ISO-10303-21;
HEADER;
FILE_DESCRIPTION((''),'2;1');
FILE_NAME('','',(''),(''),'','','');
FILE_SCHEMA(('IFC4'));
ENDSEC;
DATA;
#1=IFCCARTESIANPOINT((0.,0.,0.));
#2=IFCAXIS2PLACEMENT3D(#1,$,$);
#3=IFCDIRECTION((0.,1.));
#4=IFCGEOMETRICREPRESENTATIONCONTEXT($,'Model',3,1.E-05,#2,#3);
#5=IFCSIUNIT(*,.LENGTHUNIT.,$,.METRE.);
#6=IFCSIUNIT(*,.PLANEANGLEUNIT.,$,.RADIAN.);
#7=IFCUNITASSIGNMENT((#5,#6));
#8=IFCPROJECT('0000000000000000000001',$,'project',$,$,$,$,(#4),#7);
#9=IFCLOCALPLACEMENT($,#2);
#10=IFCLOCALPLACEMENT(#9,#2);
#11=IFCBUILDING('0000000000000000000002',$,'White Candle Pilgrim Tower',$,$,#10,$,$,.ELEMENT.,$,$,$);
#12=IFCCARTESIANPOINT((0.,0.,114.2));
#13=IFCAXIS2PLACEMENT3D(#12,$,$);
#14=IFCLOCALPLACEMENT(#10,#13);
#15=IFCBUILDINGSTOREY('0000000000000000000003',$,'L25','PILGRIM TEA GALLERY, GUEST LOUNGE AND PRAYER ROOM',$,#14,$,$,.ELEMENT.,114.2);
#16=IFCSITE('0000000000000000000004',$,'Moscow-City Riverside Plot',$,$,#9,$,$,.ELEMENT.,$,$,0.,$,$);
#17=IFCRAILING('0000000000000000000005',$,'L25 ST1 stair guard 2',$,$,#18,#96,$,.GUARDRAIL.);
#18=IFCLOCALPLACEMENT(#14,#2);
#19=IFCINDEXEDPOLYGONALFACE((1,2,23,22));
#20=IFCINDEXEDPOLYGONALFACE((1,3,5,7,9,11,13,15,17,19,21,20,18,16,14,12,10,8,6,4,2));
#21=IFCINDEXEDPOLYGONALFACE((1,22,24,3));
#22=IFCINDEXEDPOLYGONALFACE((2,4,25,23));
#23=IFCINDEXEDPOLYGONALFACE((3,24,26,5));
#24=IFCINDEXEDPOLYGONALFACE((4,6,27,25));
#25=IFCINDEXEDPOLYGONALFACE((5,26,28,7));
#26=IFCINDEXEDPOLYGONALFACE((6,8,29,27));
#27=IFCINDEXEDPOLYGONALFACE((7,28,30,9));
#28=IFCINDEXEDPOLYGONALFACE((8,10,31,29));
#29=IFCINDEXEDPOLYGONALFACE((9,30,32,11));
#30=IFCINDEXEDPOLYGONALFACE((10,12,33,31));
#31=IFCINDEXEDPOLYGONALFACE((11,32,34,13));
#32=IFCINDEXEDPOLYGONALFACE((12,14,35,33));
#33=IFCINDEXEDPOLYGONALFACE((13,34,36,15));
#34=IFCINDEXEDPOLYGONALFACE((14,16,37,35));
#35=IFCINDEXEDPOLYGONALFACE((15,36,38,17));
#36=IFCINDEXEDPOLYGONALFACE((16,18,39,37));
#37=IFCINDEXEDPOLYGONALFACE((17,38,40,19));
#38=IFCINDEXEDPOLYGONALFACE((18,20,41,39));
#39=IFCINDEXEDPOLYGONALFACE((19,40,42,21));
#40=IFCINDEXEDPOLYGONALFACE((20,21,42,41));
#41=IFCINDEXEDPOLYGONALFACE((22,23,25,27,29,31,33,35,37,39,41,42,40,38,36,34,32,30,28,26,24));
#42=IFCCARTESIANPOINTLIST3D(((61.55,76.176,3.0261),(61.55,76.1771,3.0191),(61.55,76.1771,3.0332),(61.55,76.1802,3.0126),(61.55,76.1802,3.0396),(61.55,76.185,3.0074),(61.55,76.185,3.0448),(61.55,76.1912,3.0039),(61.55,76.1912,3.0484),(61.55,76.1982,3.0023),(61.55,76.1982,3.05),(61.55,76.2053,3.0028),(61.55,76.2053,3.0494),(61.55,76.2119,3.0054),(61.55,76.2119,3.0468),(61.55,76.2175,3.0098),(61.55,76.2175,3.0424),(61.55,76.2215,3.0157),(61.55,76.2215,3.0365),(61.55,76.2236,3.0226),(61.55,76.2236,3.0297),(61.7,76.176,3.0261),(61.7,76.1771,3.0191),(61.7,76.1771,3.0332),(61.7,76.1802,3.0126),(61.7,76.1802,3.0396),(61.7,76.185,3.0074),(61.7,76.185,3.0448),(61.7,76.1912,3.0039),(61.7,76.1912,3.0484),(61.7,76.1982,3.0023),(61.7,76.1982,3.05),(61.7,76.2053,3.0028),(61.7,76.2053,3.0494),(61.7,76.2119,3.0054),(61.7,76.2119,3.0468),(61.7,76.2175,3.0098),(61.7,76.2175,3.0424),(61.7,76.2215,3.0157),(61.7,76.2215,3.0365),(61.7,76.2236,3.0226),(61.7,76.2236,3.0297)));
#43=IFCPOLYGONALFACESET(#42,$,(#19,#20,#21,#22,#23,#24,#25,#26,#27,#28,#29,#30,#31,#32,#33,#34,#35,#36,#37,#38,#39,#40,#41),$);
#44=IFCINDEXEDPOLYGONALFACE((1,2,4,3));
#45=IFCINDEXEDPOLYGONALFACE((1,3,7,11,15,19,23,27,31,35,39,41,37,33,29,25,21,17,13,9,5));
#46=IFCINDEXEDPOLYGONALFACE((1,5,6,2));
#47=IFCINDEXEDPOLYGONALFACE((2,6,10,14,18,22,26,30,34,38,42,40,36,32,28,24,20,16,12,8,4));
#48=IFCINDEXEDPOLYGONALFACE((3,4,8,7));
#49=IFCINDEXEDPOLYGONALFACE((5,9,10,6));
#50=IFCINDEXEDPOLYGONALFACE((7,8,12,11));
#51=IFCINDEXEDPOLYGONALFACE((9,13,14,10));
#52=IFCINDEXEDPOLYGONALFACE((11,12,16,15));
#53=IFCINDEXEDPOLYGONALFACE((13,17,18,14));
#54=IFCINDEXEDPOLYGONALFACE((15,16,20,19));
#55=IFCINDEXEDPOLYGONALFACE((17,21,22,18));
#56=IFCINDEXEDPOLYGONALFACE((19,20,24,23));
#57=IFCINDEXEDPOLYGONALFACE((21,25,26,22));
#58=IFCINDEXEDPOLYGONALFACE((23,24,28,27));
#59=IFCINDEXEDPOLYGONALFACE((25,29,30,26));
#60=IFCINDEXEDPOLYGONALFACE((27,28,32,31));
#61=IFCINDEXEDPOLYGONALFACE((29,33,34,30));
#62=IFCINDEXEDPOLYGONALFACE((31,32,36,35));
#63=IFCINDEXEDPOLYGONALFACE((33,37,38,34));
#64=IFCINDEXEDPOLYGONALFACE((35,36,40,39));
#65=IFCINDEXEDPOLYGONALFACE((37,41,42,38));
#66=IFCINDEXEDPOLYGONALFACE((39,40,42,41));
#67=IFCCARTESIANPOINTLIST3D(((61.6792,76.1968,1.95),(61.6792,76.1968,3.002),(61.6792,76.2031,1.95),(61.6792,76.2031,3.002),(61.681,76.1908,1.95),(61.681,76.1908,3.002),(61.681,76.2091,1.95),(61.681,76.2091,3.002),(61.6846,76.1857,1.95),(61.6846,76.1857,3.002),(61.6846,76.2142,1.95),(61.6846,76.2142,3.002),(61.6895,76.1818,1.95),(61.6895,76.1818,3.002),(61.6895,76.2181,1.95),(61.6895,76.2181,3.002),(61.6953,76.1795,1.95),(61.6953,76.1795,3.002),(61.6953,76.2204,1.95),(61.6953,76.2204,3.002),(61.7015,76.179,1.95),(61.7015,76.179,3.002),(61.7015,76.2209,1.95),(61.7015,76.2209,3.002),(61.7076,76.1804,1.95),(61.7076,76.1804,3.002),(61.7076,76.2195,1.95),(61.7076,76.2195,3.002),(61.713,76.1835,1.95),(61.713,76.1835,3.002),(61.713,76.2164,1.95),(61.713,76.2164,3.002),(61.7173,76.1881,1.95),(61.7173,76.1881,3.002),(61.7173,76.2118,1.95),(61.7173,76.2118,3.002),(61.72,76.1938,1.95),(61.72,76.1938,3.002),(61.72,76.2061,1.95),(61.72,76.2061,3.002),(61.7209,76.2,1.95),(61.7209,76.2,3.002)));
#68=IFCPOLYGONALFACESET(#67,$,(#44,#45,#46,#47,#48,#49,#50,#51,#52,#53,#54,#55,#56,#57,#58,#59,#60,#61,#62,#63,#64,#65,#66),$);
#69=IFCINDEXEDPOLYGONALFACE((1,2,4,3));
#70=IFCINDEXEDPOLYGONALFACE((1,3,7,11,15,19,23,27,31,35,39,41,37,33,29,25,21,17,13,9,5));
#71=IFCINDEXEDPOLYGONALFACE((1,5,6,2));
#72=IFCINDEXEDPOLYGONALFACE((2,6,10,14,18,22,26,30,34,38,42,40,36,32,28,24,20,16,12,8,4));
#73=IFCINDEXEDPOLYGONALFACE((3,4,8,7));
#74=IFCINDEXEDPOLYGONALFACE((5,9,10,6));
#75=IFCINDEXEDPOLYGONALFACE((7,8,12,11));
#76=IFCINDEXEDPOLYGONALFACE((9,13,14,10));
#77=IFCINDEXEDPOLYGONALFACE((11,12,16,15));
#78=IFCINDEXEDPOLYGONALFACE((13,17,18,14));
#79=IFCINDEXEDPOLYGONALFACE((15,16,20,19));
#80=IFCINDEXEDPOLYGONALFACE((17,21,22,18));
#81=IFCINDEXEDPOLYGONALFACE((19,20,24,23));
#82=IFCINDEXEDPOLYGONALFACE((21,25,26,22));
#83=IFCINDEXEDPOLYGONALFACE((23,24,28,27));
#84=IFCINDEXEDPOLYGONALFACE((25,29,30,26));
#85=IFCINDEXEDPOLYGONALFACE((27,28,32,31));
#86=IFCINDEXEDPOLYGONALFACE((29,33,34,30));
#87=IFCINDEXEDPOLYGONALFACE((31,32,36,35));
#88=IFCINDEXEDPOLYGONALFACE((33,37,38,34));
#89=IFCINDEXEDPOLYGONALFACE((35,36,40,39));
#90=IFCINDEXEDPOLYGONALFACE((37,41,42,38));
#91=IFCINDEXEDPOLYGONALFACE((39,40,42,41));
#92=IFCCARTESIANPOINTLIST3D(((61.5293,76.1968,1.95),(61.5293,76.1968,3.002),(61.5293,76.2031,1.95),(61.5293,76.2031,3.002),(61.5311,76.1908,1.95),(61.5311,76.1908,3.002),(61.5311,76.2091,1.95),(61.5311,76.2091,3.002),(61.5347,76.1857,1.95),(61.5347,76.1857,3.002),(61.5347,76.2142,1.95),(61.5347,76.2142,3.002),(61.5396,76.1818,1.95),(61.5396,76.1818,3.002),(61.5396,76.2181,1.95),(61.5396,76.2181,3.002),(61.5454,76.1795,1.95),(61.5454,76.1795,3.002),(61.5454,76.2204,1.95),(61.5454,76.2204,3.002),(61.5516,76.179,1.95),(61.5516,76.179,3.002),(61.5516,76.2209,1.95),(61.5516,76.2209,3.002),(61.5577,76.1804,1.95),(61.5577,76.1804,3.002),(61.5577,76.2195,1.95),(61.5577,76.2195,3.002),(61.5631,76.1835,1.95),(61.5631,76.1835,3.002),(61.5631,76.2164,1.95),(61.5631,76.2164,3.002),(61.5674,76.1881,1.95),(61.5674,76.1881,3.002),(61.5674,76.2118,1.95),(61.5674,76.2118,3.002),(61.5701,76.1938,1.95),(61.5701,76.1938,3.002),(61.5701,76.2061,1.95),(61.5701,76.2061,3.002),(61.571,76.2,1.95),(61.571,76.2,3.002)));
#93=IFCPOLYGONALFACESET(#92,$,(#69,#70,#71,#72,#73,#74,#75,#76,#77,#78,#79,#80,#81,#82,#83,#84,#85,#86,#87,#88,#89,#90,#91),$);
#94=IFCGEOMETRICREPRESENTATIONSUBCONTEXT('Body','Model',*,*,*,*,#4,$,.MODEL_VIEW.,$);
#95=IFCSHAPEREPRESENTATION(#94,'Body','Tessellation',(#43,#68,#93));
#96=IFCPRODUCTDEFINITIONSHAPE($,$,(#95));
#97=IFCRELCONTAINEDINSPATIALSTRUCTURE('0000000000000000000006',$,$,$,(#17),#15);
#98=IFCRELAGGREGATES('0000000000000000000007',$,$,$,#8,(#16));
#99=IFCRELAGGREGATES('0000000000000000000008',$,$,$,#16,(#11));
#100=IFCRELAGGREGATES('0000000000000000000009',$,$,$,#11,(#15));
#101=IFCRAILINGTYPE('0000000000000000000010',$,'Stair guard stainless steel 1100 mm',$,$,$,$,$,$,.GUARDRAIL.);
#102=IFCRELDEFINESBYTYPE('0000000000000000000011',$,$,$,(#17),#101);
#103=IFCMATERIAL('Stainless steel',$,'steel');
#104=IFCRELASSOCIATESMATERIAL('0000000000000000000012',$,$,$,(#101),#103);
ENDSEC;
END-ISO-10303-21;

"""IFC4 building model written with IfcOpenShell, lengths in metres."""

from ifc_helpers import new_model, si_unit, direction, frame, origin, origin_2d, place, context, subcontext, project, spatial, circle, extrude, material, type_object, element, save


model = new_model("IFC4")

# Units and contexts
model_context = context("Model", 3, precision=1e-05, world=origin(), true_north=direction((0.0, 1.0)))
body_context = subcontext(model_context, "Body", "Model", "MODEL_VIEW")
ifc_project = project(units=[si_unit("LENGTHUNIT", "METRE"), si_unit("PLANEANGLEUNIT", "RADIAN")], contexts=[model_context])

# Site, building, storey
site_placement = place(None, origin())
site = spatial("IfcSite", under=ifc_project, at=site_placement, Name="Moscow-City Riverside Plot", CompositionType="ELEMENT", RefElevation=0.0)
building_placement = place(site_placement, origin())
building = spatial("IfcBuilding", under=site, at=building_placement, Name="White Candle Pilgrim Tower", CompositionType="ELEMENT")
storey_placement = place(building_placement, frame((0.0, 0.0, 114.2)))
storey = spatial("IfcBuildingStorey", under=building, at=storey_placement, Name="L25", Description="PILGRIM TEA GALLERY, GUEST LOUNGE AND PRAYER ROOM", CompositionType="ELEMENT", Elevation=114.2)

# Railing
ifc_material_1 = material(Name="Stainless steel", Category="steel")
railing_type_1 = type_object("IfcRailingType", Name="Stair guard stainless steel 1100 mm", PredefinedType="GUARDRAIL", material=ifc_material_1)
railing_1_placement = place(storey_placement, frame((61.7, 76.2, 1.95)))
element("IfcRailing", 1, at=railing_1_placement, inside=storey, type_object=railing_type_1, Name="L25 ST1 stair guard 2", PredefinedType="GUARDRAIL", context=body_context, shape_type="SweptSolid", body=[
    extrude(circle(Radius=0.0239, at=origin_2d()), frame((0.0, 0.0, 1.0762), z_axis=(-1.0, 0.0, 0.0), x_axis=(0.0, -1.0, 0.0)), (0.0, 0.0, 1.0), 0.1499),
    extrude(circle(Radius=0.021, at=origin_2d()), origin(), (0.0, 0.0, 1.0), 1.052),
    extrude(circle(Radius=0.021, at=origin_2d()), frame((-0.1499, 0.0, 0.0)), (0.0, 0.0, 1.0), 1.052),
])

save(model, "model.ifc")
